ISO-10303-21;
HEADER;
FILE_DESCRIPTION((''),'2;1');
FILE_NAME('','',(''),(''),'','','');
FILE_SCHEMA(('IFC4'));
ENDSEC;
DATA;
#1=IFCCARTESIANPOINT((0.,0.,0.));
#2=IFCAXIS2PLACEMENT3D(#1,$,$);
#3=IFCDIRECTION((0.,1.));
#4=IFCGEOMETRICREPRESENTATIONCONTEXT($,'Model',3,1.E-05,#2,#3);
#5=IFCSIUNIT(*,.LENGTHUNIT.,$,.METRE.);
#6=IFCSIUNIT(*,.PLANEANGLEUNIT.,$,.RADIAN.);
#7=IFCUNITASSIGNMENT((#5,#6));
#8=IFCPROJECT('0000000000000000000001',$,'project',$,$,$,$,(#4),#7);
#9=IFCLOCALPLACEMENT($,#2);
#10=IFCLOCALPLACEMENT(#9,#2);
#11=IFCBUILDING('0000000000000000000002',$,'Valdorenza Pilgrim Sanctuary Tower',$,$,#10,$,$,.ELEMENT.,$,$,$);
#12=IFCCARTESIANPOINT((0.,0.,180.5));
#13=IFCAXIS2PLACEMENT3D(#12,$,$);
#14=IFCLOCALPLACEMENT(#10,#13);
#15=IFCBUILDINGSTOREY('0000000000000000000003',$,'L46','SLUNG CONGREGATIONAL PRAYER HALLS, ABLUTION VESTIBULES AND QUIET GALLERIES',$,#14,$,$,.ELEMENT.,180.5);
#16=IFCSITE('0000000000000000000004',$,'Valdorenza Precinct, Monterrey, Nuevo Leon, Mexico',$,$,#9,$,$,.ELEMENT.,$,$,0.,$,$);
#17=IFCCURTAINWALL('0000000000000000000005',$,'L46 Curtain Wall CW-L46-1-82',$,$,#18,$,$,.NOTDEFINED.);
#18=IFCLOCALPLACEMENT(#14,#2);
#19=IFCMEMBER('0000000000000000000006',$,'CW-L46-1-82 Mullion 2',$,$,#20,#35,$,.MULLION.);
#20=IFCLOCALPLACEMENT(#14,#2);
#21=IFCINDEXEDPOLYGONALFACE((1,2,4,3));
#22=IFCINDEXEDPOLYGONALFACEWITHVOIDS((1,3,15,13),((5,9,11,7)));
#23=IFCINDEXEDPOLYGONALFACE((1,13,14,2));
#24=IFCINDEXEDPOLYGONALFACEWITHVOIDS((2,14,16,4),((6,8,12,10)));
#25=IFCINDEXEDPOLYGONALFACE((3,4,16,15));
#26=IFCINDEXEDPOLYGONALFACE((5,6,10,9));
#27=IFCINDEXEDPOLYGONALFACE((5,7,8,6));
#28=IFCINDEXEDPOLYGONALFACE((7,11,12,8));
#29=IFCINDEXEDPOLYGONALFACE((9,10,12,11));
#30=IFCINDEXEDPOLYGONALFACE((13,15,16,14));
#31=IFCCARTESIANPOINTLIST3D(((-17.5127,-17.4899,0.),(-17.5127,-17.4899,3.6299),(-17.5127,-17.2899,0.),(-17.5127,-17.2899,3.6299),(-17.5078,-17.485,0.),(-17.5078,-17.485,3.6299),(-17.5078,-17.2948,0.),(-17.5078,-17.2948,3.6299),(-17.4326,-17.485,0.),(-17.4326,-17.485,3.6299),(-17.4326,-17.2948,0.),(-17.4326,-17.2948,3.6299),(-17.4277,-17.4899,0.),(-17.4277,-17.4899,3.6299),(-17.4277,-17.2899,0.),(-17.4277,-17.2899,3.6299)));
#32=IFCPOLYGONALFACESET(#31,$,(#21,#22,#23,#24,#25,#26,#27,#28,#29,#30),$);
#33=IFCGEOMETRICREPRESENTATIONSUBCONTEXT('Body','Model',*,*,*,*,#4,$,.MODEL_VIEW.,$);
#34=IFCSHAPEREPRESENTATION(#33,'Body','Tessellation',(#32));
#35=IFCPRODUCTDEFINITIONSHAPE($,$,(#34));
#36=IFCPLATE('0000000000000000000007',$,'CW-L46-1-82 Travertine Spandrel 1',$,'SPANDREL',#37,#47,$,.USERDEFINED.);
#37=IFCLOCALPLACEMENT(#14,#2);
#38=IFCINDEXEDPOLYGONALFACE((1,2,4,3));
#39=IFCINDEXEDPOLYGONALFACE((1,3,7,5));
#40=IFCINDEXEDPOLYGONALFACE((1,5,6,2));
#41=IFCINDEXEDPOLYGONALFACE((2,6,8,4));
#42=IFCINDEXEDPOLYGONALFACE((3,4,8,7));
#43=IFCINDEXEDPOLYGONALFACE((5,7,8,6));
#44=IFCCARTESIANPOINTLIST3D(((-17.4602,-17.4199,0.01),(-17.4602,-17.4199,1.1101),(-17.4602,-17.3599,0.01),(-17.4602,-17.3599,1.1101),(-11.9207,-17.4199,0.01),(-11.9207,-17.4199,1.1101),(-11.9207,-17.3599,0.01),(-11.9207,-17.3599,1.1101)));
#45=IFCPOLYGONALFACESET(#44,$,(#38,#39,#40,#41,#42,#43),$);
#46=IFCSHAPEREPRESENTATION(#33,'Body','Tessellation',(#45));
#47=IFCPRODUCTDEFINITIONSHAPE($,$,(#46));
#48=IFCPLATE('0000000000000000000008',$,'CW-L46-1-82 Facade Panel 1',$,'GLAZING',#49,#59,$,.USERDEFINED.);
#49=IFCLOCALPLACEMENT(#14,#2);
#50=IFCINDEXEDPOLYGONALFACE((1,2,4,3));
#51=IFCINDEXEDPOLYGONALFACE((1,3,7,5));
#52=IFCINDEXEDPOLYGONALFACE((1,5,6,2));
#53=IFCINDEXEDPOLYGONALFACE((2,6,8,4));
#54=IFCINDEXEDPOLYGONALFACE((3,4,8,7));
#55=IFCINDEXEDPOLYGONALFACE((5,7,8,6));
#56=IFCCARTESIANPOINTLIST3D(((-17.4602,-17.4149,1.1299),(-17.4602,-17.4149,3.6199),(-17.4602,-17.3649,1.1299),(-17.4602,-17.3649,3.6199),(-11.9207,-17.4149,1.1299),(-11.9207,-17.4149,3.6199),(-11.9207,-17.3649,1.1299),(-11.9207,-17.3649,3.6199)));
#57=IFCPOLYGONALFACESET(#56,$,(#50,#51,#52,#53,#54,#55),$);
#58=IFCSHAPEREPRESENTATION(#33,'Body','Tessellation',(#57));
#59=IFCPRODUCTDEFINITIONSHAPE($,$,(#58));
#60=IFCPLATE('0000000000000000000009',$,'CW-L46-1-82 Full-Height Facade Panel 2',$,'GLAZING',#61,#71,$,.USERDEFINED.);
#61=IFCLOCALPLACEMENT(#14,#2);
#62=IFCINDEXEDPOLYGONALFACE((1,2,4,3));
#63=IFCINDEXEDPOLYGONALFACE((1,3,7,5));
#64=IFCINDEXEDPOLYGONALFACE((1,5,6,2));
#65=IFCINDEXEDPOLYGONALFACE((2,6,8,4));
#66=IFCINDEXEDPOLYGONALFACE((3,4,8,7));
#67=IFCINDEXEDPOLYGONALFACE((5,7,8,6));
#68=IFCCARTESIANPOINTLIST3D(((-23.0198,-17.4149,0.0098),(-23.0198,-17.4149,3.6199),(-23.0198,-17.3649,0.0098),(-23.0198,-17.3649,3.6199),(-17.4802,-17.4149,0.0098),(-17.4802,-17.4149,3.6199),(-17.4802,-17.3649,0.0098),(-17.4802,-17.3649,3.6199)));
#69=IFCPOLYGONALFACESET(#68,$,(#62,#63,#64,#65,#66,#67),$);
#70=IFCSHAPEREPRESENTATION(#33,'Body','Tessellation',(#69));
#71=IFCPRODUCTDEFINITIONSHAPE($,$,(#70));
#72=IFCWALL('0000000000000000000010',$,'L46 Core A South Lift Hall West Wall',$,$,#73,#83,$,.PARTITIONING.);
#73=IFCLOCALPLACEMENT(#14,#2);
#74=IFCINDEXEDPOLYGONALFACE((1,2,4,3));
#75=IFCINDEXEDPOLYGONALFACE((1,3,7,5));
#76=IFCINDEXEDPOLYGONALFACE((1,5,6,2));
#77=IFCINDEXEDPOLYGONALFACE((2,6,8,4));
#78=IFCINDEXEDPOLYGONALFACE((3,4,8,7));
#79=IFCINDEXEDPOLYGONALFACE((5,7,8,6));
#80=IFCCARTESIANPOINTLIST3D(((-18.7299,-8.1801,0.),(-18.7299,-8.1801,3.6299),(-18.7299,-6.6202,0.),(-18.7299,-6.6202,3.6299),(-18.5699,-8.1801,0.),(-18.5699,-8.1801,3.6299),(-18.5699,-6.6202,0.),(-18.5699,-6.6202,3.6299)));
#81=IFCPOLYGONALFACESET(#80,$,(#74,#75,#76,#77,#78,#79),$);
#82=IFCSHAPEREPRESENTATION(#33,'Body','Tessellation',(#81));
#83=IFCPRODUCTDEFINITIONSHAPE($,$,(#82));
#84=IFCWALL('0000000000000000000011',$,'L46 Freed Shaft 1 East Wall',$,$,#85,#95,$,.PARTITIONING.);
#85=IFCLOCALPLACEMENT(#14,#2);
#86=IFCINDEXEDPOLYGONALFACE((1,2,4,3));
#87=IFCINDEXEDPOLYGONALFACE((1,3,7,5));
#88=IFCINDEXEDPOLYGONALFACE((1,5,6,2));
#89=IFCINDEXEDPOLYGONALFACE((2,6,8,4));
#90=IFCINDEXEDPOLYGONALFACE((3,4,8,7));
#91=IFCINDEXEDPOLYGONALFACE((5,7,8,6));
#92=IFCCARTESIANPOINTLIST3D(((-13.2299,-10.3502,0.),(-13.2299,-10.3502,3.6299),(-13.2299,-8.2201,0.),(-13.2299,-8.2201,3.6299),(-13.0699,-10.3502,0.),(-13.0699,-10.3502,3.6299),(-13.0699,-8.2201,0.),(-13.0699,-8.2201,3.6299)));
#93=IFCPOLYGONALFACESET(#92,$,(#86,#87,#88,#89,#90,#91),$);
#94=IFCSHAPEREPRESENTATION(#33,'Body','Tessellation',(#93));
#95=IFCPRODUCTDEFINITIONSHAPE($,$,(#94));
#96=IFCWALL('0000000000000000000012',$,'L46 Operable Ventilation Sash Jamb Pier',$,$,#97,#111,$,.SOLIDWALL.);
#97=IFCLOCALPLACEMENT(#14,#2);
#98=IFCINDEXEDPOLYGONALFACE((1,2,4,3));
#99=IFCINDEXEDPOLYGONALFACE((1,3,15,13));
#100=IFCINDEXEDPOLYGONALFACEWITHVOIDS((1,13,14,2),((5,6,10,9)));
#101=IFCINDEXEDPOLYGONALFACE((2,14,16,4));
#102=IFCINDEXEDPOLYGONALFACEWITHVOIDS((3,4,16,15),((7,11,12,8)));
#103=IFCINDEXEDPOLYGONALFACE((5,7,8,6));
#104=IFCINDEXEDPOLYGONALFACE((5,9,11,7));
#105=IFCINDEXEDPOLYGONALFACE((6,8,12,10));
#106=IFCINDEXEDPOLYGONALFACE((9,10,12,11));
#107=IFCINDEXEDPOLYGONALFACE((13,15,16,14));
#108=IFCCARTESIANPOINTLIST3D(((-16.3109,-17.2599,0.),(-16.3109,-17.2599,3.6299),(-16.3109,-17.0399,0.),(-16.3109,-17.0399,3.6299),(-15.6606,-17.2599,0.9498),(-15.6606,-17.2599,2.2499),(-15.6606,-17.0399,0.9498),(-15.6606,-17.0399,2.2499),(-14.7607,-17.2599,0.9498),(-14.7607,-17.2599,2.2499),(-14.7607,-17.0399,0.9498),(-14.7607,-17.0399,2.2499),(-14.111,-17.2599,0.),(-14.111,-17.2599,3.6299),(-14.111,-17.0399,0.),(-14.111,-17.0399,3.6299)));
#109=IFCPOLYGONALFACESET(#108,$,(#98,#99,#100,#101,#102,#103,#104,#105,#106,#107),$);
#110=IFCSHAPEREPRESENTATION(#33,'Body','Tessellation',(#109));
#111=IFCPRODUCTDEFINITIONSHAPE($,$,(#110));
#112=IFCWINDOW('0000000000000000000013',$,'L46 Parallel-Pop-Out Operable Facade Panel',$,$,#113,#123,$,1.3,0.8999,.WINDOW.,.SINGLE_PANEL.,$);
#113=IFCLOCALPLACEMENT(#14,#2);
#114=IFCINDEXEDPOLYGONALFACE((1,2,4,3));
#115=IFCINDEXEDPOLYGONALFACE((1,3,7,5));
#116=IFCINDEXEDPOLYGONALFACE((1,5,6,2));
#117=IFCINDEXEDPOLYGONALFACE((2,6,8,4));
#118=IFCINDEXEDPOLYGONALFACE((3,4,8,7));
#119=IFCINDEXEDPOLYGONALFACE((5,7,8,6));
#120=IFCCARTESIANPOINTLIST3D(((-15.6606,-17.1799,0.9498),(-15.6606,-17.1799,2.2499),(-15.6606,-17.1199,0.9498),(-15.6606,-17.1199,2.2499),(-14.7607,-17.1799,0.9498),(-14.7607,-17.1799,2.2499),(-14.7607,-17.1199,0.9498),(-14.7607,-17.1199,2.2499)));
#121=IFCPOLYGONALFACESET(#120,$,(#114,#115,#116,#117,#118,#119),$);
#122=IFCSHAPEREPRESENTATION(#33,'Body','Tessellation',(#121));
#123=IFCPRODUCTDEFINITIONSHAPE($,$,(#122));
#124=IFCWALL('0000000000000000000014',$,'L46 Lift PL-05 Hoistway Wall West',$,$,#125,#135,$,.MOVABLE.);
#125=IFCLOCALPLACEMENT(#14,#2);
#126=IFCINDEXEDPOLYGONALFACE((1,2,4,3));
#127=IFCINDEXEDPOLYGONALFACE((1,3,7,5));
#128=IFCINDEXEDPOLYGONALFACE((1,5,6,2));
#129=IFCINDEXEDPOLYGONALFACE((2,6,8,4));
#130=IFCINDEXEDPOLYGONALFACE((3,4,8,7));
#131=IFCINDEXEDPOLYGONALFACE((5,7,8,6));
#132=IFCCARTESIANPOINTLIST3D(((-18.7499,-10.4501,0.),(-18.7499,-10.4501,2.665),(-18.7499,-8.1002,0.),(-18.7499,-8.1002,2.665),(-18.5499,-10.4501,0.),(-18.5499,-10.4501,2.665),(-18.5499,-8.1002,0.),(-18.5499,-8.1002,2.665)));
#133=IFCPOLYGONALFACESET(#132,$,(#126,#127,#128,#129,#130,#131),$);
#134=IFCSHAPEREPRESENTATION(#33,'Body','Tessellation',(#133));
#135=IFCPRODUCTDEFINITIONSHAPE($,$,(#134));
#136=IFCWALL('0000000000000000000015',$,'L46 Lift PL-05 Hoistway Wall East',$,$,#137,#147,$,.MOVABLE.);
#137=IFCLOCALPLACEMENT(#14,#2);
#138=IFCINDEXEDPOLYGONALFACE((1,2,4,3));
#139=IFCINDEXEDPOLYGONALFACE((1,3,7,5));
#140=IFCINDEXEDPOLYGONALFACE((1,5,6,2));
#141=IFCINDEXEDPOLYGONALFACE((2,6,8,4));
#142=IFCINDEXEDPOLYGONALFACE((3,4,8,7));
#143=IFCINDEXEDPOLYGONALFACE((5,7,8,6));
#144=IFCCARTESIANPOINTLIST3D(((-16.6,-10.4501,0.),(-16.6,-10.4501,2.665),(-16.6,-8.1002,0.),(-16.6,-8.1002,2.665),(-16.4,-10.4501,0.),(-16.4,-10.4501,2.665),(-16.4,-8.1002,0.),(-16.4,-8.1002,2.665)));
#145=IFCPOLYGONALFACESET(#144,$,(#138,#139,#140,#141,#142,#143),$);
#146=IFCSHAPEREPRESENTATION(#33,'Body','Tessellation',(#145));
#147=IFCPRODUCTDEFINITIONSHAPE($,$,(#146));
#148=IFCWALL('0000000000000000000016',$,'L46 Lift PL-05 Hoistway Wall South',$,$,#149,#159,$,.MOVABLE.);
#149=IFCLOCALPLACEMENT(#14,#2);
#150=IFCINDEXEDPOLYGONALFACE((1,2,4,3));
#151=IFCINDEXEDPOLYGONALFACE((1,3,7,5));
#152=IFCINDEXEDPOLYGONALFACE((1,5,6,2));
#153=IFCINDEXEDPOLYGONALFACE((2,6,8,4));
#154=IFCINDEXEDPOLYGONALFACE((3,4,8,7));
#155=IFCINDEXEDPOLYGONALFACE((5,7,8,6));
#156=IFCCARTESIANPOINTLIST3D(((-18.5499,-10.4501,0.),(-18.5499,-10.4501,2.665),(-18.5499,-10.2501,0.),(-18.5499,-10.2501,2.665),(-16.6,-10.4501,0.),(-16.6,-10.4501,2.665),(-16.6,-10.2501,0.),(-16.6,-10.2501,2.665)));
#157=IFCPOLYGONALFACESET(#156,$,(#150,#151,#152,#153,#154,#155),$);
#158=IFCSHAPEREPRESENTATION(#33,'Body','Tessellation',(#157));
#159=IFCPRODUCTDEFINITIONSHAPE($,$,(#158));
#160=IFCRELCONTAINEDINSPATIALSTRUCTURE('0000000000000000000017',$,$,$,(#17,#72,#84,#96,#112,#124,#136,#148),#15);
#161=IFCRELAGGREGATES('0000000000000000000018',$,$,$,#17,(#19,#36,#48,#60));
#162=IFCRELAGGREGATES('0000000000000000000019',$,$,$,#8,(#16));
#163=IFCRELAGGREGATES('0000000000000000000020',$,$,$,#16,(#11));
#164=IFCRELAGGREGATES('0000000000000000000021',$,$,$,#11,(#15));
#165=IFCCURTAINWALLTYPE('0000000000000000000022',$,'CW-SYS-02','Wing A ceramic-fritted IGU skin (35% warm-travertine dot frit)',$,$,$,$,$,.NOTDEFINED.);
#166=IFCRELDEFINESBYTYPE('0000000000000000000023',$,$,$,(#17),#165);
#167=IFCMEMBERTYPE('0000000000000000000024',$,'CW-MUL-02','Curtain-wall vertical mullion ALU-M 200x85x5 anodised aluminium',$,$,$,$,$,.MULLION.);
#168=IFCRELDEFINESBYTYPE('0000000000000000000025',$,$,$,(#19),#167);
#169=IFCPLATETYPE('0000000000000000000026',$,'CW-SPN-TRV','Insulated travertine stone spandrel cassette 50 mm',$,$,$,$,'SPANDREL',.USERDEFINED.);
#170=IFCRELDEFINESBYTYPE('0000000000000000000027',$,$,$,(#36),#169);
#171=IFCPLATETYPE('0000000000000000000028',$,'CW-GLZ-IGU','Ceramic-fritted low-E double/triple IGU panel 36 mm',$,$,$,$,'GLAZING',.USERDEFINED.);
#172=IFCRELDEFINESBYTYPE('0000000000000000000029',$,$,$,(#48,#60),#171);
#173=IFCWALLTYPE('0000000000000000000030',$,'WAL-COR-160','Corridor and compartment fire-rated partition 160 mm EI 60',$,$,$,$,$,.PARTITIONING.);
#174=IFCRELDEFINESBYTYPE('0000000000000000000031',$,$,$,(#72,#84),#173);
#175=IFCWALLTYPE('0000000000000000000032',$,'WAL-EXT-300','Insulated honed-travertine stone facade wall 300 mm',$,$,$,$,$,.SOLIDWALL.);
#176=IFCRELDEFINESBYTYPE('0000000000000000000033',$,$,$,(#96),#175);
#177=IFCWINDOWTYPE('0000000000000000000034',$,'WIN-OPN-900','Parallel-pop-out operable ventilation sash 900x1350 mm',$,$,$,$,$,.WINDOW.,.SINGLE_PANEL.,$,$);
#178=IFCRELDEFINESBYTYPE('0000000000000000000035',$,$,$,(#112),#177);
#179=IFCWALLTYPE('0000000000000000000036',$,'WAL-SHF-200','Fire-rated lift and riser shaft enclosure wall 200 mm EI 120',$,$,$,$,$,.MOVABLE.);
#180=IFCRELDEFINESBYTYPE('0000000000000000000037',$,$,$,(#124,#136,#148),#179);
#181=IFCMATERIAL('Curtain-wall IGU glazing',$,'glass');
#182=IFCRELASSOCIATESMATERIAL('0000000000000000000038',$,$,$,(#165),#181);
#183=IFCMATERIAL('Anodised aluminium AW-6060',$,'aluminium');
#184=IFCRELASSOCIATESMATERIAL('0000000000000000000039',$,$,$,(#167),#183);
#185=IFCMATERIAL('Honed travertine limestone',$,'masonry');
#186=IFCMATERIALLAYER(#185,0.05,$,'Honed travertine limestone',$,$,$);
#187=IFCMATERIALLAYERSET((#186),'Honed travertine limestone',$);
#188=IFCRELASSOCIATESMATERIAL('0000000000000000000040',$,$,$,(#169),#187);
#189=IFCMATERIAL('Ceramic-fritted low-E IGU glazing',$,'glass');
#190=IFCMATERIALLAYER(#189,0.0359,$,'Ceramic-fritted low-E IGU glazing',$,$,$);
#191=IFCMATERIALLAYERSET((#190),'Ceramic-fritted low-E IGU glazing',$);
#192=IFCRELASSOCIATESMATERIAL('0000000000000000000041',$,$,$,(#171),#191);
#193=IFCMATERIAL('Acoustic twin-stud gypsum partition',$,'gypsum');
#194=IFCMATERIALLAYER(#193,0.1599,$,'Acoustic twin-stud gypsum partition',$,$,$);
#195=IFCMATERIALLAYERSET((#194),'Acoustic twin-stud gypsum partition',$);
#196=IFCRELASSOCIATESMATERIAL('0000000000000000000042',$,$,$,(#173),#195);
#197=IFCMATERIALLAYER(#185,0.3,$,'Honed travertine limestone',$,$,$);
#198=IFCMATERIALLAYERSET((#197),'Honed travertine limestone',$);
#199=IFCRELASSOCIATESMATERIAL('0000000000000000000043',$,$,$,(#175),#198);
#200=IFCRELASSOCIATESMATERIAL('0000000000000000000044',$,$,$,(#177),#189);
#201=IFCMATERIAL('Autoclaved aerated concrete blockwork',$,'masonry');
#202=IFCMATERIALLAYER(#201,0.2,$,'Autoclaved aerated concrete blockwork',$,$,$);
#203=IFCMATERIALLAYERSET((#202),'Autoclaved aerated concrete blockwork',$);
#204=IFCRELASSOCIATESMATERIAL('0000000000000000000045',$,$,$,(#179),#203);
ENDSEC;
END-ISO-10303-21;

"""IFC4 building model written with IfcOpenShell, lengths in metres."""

from ifc_helpers import new_model, si_unit, direction, frame, frame_2d, origin, origin_2d, place, context, subcontext, project, spatial, rectangle, hollow_rectangle, extrude, source, transform, mapped, material, layer, layer_set, material_profile, profile_set, type_object, element, fill, aggregate, save


model = new_model("IFC4")

# Units and contexts
model_context = context("Model", 3, precision=1e-05, world=origin(), true_north=direction((0.0, 1.0)))
body_context = subcontext(model_context, "Body", "Model", "MODEL_VIEW")
ifc_project = project(units=[si_unit("LENGTHUNIT", "METRE"), si_unit("PLANEANGLEUNIT", "RADIAN")], contexts=[model_context])

# Site, building, storey
site_placement = place(None, origin())
site = spatial("IfcSite", under=ifc_project, at=site_placement, Name="Valdorenza Precinct, Monterrey, Nuevo Leon, Mexico", CompositionType="ELEMENT", RefElevation=0.0)
building_placement = place(site_placement, origin())
building = spatial("IfcBuilding", under=site, at=building_placement, Name="Valdorenza Pilgrim Sanctuary Tower", CompositionType="ELEMENT")
storey_placement = place(building_placement, frame((0.0, 0.0, 180.5)))
storey = spatial("IfcBuildingStorey", under=building, at=storey_placement, Name="L46", Description="SLUNG CONGREGATIONAL PRAYER HALLS, ABLUTION VESTIBULES AND QUIET GALLERIES", CompositionType="ELEMENT", Elevation=180.5)

# Curtain wall, member, plates
ifc_material_1 = material(Name="Curtain-wall IGU glazing", Category="glass")
curtain_wall_type = type_object("IfcCurtainWallType", Name="CW-SYS-02", Description="Wing A ceramic-fritted IGU skin (35% warm-travertine dot frit)", PredefinedType="NOTDEFINED", material=ifc_material_1)
curtain_wall_placement = place(storey_placement, origin())
curtain_wall = element("IfcCurtainWall", 1, at=curtain_wall_placement, inside=storey, type_object=curtain_wall_type, Name="L46 Curtain Wall CW-L46-1-82", PredefinedType="NOTDEFINED")
ifc_material_2 = material(Name="Anodised aluminium AW-6060", Category="aluminium")
ifc_material_profile = material_profile(ifc_material_2, hollow_rectangle(XDim=0.085, YDim=0.2, WallThickness=0.0049, at=origin_2d()), Name="ALU-M 200x85x5")
ifc_profile_set = profile_set([ifc_material_profile], Name="Anodised aluminium AW-6060")
member_type = type_object("IfcMemberType", Name="CW-MUL-02", Description="Curtain-wall vertical mullion ALU-M 200x85x5 anodised aluminium", PredefinedType="MULLION", material=ifc_profile_set)
shared_shape_1 = source(origin(), body_context, "Body", "SweptSolid", [
    extrude(hollow_rectangle(XDim=0.085, YDim=0.2, WallThickness=0.0049, at=origin_2d()), origin(), (0.0, 0.0, 1.0), 3.6299),
])
member_placement = place(storey_placement, frame((-17.4702, -17.3899, 0.0), z_axis=(0.0, 0.0, 1.0), x_axis=(-1.0, 0.0, 0.0)))
member = element("IfcMember", 2, at=member_placement, type_object=member_type, Name="CW-L46-1-82 Mullion 2", PredefinedType="MULLION", context=body_context, shape_type="MappedRepresentation", body=[
    mapped(shared_shape_1, transform((0.0, 0.0, 0.0), x_axis=(1.0, 0.0, 0.0), y_axis=(0.0, 1.0, 0.0), z_axis=(0.0, 0.0, 1.0), scale=1.0)),
])
ifc_material_3 = material(Name="Honed travertine limestone", Category="masonry")
ifc_layer_1 = layer(ifc_material_3, 0.05, Name="Honed travertine limestone")
ifc_layer_set_1 = layer_set([ifc_layer_1], Name="Honed travertine limestone")
plate_type_1 = type_object("IfcPlateType", Name="CW-SPN-TRV", Description="Insulated travertine stone spandrel cassette 50 mm", ElementType="SPANDREL", PredefinedType="USERDEFINED", material=ifc_layer_set_1)
shared_shape_2 = source(origin(), body_context, "Body", "SweptSolid", [
    extrude(rectangle(XDim=5.5396, YDim=0.0601, at=origin_2d()), origin(), (0.0, 0.0, 1.0), 1.1001),
])
plate_1_placement = place(storey_placement, frame((-14.6904, -17.3899, 0.01), z_axis=(0.0, 0.0, 1.0), x_axis=(-1.0, 0.0, 0.0)))
plate_1 = element("IfcPlate", 3, at=plate_1_placement, type_object=plate_type_1, Name="CW-L46-1-82 Travertine Spandrel 1", ObjectType="SPANDREL", PredefinedType="USERDEFINED", context=body_context, shape_type="MappedRepresentation", body=[
    mapped(shared_shape_2, transform((0.0, 0.0, 0.0), x_axis=(1.0, 0.0, 0.0), y_axis=(0.0, 1.0, 0.0), z_axis=(0.0, 0.0, 1.0), scale=1.0)),
])
ifc_material_4 = material(Name="Ceramic-fritted low-E IGU glazing", Category="glass")
ifc_layer_2 = layer(ifc_material_4, 0.0359, Name="Ceramic-fritted low-E IGU glazing")
ifc_layer_set_2 = layer_set([ifc_layer_2], Name="Ceramic-fritted low-E IGU glazing")
plate_type_2 = type_object("IfcPlateType", Name="CW-GLZ-IGU", Description="Ceramic-fritted low-E double/triple IGU panel 36 mm", ElementType="GLAZING", PredefinedType="USERDEFINED", material=ifc_layer_set_2)
shared_shape_3 = source(origin(), body_context, "Body", "SweptSolid", [
    extrude(rectangle(XDim=5.5396, YDim=0.05, at=origin_2d()), origin(), (0.0, 0.0, 1.0), 2.49),
])
plate_2_placement = place(storey_placement, frame((-14.6904, -17.3899, 1.1299), z_axis=(0.0, 0.0, 1.0), x_axis=(-1.0, 0.0, 0.0)))
plate_2 = element("IfcPlate", 4, at=plate_2_placement, type_object=plate_type_2, Name="CW-L46-1-82 Facade Panel 1", ObjectType="GLAZING", PredefinedType="USERDEFINED", context=body_context, shape_type="MappedRepresentation", body=[
    mapped(shared_shape_3, transform((0.0, 0.0, 0.0), x_axis=(1.0, 0.0, 0.0), y_axis=(0.0, 1.0, 0.0), z_axis=(0.0, 0.0, 1.0), scale=1.0)),
])
shared_shape_4 = source(origin(), body_context, "Body", "SweptSolid", [
    extrude(rectangle(XDim=5.5396, YDim=0.05, at=origin_2d()), origin(), (0.0, 0.0, 1.0), 3.6101),
])
plate_3_placement = place(storey_placement, frame((-20.25, -17.3899, 0.0098), z_axis=(0.0, 0.0, 1.0), x_axis=(-1.0, 0.0, 0.0)))
plate_3 = element("IfcPlate", 5, at=plate_3_placement, type_object=plate_type_2, Name="CW-L46-1-82 Full-Height Facade Panel 2", ObjectType="GLAZING", PredefinedType="USERDEFINED", context=body_context, shape_type="MappedRepresentation", body=[
    mapped(shared_shape_4, transform((0.0, 0.0, 0.0), x_axis=(1.0, 0.0, 0.0), y_axis=(0.0, 1.0, 0.0), z_axis=(0.0, 0.0, 1.0), scale=1.0)),
])
aggregate(curtain_wall, [member, plate_1, plate_2, plate_3])

# Wall
ifc_material_5 = material(Name="Acoustic twin-stud gypsum partition", Category="gypsum")
ifc_layer_3 = layer(ifc_material_5, 0.1599, Name="Acoustic twin-stud gypsum partition")
ifc_layer_set_3 = layer_set([ifc_layer_3], Name="Acoustic twin-stud gypsum partition")
wall_type_1 = type_object("IfcWallType", Name="WAL-COR-160", Description="Corridor and compartment fire-rated partition 160 mm EI 60", PredefinedType="PARTITIONING", material=ifc_layer_set_3)
wall_1_placement = place(storey_placement, frame((-18.6499, -8.1799, 0.0), z_axis=(0.0, 0.0, 1.0), x_axis=(0.0, 1.0, 0.0)))
element("IfcWall", 6, at=wall_1_placement, inside=storey, type_object=wall_type_1, Name="L46 Core A South Lift Hall West Wall", PredefinedType="PARTITIONING", context=body_context, shape_type="SweptSolid", body=[
    extrude(rectangle(XDim=1.5598, YDim=0.1599, at=frame_2d((0.7798, 0.0))), origin(), (0.0, 0.0, 1.0), 3.6299),
])

# Wall
wall_2_placement = place(storey_placement, frame((-13.1499, -10.3501, 0.0), z_axis=(0.0, 0.0, 1.0), x_axis=(0.0, 1.0, 0.0)))
element("IfcWall", 7, at=wall_2_placement, inside=storey, type_object=wall_type_1, Name="L46 Freed Shaft 1 East Wall", PredefinedType="PARTITIONING", context=body_context, shape_type="SweptSolid", body=[
    extrude(rectangle(XDim=2.1301, YDim=0.1599, at=frame_2d((1.0649, 0.0))), origin(), (0.0, 0.0, 1.0), 3.6299),
])

# Wall, opening, window
ifc_layer_4 = layer(ifc_material_3, 0.3, Name="Honed travertine limestone")
ifc_layer_set_4 = layer_set([ifc_layer_4], Name="Honed travertine limestone")
wall_type_2 = type_object("IfcWallType", Name="WAL-EXT-300", Description="Insulated honed-travertine stone facade wall 300 mm", PredefinedType="SOLIDWALL", material=ifc_layer_set_4)
wall_3_placement = place(storey_placement, frame((-14.1108, -17.1499, 0.0), z_axis=(0.0, 0.0, 1.0), x_axis=(-1.0, 0.0, 0.0)))
wall_3 = element("IfcWall", 8, at=wall_3_placement, inside=storey, type_object=wall_type_2, Name="L46 Operable Ventilation Sash Jamb Pier", PredefinedType="SOLIDWALL", context=body_context, shape_type="SweptSolid", body=[
    extrude(rectangle(XDim=2.2, YDim=0.22, at=frame_2d((1.1001, 0.0))), origin(), (0.0, 0.0, 1.0), 3.6299),
])
opening_1_placement = place(wall_3_placement, frame((0.6499, 0.0, 0.95)))
opening_1 = element("IfcOpeningElement", 9, at=opening_1_placement, cuts=wall_3, PredefinedType="OPENING", context=body_context, shape_type="SweptSolid", body=[
    extrude(rectangle(XDim=0.8999, YDim=1.3, at=frame_2d((0.45, 0.6499))), frame((0.0, 0.125, 0.0), z_axis=(0.0, -1.0, 0.0), x_axis=(1.0, 0.0, 0.0)), (0.0, 0.0, 1.0), 0.2498),
])
window_type = type_object("IfcWindowType", Name="WIN-OPN-900", Description="Parallel-pop-out operable ventilation sash 900x1350 mm", PartitioningType="SINGLE_PANEL", PredefinedType="WINDOW", material=ifc_material_4)
window_placement = place(opening_1_placement, origin())
window = element("IfcWindow", 10, at=window_placement, inside=storey, type_object=window_type, Name="L46 Parallel-Pop-Out Operable Facade Panel", OverallHeight=1.3, OverallWidth=0.8999, PartitioningType="SINGLE_PANEL", PredefinedType="WINDOW", context=body_context, shape_type="SweptSolid", body=[
    extrude(rectangle(XDim=0.8999, YDim=1.3, at=frame_2d((0.45, 0.6499))), frame((0.0, 0.03, 0.0), z_axis=(0.0, -1.0, 0.0), x_axis=(1.0, 0.0, 0.0)), (0.0, 0.0, 1.0), 0.0601),
])
fill(opening_1, window)

# Walls
ifc_material_6 = material(Name="Autoclaved aerated concrete blockwork", Category="masonry")
ifc_layer_5 = layer(ifc_material_6, 0.2, Name="Autoclaved aerated concrete blockwork")
ifc_layer_set_5 = layer_set([ifc_layer_5], Name="Autoclaved aerated concrete blockwork")
wall_type_3 = type_object("IfcWallType", Name="WAL-SHF-200", Description="Fire-rated lift and riser shaft enclosure wall 200 mm EI 120", PredefinedType="MOVABLE", material=ifc_layer_set_5)
for number, where, z_axis, x_axis, name in (
    (11, (-18.6499, -10.45, 0.0), (0.0, 0.0, 1.0), (0.0, 1.0, 0.0), "L46 Lift PL-05 Hoistway Wall West"),
    (12, (-16.5, -10.45, 0.0), (0.0, 0.0, 1.0), (0.0, 1.0, 0.0), "L46 Lift PL-05 Hoistway Wall East"),
):
    element("IfcWall", number, at=place(storey_placement, frame(where, z_axis=z_axis, x_axis=x_axis)), inside=storey, type_object=wall_type_3, Name=name, PredefinedType="MOVABLE", context=body_context, shape_type="SweptSolid", body=[
        extrude(rectangle(XDim=2.3499, YDim=0.2, at=frame_2d((1.1748, 0.0))), origin(), (0.0, 0.0, 1.0), 2.665),
    ])
wall_4_placement = place(storey_placement, frame((-18.55, -10.3501, 0.0), z_axis=(0.0, 0.0, 1.0), x_axis=(1.0, 0.0, 0.0)))
element("IfcWall", 13, at=wall_4_placement, inside=storey, type_object=wall_type_3, Name="L46 Lift PL-05 Hoistway Wall South", PredefinedType="MOVABLE", context=body_context, shape_type="SweptSolid", body=[
    extrude(rectangle(XDim=1.95, YDim=0.2, at=frame_2d((0.9751, 0.0))), origin(), (0.0, 0.0, 1.0), 2.665),
])

save(model, "model.ifc")
